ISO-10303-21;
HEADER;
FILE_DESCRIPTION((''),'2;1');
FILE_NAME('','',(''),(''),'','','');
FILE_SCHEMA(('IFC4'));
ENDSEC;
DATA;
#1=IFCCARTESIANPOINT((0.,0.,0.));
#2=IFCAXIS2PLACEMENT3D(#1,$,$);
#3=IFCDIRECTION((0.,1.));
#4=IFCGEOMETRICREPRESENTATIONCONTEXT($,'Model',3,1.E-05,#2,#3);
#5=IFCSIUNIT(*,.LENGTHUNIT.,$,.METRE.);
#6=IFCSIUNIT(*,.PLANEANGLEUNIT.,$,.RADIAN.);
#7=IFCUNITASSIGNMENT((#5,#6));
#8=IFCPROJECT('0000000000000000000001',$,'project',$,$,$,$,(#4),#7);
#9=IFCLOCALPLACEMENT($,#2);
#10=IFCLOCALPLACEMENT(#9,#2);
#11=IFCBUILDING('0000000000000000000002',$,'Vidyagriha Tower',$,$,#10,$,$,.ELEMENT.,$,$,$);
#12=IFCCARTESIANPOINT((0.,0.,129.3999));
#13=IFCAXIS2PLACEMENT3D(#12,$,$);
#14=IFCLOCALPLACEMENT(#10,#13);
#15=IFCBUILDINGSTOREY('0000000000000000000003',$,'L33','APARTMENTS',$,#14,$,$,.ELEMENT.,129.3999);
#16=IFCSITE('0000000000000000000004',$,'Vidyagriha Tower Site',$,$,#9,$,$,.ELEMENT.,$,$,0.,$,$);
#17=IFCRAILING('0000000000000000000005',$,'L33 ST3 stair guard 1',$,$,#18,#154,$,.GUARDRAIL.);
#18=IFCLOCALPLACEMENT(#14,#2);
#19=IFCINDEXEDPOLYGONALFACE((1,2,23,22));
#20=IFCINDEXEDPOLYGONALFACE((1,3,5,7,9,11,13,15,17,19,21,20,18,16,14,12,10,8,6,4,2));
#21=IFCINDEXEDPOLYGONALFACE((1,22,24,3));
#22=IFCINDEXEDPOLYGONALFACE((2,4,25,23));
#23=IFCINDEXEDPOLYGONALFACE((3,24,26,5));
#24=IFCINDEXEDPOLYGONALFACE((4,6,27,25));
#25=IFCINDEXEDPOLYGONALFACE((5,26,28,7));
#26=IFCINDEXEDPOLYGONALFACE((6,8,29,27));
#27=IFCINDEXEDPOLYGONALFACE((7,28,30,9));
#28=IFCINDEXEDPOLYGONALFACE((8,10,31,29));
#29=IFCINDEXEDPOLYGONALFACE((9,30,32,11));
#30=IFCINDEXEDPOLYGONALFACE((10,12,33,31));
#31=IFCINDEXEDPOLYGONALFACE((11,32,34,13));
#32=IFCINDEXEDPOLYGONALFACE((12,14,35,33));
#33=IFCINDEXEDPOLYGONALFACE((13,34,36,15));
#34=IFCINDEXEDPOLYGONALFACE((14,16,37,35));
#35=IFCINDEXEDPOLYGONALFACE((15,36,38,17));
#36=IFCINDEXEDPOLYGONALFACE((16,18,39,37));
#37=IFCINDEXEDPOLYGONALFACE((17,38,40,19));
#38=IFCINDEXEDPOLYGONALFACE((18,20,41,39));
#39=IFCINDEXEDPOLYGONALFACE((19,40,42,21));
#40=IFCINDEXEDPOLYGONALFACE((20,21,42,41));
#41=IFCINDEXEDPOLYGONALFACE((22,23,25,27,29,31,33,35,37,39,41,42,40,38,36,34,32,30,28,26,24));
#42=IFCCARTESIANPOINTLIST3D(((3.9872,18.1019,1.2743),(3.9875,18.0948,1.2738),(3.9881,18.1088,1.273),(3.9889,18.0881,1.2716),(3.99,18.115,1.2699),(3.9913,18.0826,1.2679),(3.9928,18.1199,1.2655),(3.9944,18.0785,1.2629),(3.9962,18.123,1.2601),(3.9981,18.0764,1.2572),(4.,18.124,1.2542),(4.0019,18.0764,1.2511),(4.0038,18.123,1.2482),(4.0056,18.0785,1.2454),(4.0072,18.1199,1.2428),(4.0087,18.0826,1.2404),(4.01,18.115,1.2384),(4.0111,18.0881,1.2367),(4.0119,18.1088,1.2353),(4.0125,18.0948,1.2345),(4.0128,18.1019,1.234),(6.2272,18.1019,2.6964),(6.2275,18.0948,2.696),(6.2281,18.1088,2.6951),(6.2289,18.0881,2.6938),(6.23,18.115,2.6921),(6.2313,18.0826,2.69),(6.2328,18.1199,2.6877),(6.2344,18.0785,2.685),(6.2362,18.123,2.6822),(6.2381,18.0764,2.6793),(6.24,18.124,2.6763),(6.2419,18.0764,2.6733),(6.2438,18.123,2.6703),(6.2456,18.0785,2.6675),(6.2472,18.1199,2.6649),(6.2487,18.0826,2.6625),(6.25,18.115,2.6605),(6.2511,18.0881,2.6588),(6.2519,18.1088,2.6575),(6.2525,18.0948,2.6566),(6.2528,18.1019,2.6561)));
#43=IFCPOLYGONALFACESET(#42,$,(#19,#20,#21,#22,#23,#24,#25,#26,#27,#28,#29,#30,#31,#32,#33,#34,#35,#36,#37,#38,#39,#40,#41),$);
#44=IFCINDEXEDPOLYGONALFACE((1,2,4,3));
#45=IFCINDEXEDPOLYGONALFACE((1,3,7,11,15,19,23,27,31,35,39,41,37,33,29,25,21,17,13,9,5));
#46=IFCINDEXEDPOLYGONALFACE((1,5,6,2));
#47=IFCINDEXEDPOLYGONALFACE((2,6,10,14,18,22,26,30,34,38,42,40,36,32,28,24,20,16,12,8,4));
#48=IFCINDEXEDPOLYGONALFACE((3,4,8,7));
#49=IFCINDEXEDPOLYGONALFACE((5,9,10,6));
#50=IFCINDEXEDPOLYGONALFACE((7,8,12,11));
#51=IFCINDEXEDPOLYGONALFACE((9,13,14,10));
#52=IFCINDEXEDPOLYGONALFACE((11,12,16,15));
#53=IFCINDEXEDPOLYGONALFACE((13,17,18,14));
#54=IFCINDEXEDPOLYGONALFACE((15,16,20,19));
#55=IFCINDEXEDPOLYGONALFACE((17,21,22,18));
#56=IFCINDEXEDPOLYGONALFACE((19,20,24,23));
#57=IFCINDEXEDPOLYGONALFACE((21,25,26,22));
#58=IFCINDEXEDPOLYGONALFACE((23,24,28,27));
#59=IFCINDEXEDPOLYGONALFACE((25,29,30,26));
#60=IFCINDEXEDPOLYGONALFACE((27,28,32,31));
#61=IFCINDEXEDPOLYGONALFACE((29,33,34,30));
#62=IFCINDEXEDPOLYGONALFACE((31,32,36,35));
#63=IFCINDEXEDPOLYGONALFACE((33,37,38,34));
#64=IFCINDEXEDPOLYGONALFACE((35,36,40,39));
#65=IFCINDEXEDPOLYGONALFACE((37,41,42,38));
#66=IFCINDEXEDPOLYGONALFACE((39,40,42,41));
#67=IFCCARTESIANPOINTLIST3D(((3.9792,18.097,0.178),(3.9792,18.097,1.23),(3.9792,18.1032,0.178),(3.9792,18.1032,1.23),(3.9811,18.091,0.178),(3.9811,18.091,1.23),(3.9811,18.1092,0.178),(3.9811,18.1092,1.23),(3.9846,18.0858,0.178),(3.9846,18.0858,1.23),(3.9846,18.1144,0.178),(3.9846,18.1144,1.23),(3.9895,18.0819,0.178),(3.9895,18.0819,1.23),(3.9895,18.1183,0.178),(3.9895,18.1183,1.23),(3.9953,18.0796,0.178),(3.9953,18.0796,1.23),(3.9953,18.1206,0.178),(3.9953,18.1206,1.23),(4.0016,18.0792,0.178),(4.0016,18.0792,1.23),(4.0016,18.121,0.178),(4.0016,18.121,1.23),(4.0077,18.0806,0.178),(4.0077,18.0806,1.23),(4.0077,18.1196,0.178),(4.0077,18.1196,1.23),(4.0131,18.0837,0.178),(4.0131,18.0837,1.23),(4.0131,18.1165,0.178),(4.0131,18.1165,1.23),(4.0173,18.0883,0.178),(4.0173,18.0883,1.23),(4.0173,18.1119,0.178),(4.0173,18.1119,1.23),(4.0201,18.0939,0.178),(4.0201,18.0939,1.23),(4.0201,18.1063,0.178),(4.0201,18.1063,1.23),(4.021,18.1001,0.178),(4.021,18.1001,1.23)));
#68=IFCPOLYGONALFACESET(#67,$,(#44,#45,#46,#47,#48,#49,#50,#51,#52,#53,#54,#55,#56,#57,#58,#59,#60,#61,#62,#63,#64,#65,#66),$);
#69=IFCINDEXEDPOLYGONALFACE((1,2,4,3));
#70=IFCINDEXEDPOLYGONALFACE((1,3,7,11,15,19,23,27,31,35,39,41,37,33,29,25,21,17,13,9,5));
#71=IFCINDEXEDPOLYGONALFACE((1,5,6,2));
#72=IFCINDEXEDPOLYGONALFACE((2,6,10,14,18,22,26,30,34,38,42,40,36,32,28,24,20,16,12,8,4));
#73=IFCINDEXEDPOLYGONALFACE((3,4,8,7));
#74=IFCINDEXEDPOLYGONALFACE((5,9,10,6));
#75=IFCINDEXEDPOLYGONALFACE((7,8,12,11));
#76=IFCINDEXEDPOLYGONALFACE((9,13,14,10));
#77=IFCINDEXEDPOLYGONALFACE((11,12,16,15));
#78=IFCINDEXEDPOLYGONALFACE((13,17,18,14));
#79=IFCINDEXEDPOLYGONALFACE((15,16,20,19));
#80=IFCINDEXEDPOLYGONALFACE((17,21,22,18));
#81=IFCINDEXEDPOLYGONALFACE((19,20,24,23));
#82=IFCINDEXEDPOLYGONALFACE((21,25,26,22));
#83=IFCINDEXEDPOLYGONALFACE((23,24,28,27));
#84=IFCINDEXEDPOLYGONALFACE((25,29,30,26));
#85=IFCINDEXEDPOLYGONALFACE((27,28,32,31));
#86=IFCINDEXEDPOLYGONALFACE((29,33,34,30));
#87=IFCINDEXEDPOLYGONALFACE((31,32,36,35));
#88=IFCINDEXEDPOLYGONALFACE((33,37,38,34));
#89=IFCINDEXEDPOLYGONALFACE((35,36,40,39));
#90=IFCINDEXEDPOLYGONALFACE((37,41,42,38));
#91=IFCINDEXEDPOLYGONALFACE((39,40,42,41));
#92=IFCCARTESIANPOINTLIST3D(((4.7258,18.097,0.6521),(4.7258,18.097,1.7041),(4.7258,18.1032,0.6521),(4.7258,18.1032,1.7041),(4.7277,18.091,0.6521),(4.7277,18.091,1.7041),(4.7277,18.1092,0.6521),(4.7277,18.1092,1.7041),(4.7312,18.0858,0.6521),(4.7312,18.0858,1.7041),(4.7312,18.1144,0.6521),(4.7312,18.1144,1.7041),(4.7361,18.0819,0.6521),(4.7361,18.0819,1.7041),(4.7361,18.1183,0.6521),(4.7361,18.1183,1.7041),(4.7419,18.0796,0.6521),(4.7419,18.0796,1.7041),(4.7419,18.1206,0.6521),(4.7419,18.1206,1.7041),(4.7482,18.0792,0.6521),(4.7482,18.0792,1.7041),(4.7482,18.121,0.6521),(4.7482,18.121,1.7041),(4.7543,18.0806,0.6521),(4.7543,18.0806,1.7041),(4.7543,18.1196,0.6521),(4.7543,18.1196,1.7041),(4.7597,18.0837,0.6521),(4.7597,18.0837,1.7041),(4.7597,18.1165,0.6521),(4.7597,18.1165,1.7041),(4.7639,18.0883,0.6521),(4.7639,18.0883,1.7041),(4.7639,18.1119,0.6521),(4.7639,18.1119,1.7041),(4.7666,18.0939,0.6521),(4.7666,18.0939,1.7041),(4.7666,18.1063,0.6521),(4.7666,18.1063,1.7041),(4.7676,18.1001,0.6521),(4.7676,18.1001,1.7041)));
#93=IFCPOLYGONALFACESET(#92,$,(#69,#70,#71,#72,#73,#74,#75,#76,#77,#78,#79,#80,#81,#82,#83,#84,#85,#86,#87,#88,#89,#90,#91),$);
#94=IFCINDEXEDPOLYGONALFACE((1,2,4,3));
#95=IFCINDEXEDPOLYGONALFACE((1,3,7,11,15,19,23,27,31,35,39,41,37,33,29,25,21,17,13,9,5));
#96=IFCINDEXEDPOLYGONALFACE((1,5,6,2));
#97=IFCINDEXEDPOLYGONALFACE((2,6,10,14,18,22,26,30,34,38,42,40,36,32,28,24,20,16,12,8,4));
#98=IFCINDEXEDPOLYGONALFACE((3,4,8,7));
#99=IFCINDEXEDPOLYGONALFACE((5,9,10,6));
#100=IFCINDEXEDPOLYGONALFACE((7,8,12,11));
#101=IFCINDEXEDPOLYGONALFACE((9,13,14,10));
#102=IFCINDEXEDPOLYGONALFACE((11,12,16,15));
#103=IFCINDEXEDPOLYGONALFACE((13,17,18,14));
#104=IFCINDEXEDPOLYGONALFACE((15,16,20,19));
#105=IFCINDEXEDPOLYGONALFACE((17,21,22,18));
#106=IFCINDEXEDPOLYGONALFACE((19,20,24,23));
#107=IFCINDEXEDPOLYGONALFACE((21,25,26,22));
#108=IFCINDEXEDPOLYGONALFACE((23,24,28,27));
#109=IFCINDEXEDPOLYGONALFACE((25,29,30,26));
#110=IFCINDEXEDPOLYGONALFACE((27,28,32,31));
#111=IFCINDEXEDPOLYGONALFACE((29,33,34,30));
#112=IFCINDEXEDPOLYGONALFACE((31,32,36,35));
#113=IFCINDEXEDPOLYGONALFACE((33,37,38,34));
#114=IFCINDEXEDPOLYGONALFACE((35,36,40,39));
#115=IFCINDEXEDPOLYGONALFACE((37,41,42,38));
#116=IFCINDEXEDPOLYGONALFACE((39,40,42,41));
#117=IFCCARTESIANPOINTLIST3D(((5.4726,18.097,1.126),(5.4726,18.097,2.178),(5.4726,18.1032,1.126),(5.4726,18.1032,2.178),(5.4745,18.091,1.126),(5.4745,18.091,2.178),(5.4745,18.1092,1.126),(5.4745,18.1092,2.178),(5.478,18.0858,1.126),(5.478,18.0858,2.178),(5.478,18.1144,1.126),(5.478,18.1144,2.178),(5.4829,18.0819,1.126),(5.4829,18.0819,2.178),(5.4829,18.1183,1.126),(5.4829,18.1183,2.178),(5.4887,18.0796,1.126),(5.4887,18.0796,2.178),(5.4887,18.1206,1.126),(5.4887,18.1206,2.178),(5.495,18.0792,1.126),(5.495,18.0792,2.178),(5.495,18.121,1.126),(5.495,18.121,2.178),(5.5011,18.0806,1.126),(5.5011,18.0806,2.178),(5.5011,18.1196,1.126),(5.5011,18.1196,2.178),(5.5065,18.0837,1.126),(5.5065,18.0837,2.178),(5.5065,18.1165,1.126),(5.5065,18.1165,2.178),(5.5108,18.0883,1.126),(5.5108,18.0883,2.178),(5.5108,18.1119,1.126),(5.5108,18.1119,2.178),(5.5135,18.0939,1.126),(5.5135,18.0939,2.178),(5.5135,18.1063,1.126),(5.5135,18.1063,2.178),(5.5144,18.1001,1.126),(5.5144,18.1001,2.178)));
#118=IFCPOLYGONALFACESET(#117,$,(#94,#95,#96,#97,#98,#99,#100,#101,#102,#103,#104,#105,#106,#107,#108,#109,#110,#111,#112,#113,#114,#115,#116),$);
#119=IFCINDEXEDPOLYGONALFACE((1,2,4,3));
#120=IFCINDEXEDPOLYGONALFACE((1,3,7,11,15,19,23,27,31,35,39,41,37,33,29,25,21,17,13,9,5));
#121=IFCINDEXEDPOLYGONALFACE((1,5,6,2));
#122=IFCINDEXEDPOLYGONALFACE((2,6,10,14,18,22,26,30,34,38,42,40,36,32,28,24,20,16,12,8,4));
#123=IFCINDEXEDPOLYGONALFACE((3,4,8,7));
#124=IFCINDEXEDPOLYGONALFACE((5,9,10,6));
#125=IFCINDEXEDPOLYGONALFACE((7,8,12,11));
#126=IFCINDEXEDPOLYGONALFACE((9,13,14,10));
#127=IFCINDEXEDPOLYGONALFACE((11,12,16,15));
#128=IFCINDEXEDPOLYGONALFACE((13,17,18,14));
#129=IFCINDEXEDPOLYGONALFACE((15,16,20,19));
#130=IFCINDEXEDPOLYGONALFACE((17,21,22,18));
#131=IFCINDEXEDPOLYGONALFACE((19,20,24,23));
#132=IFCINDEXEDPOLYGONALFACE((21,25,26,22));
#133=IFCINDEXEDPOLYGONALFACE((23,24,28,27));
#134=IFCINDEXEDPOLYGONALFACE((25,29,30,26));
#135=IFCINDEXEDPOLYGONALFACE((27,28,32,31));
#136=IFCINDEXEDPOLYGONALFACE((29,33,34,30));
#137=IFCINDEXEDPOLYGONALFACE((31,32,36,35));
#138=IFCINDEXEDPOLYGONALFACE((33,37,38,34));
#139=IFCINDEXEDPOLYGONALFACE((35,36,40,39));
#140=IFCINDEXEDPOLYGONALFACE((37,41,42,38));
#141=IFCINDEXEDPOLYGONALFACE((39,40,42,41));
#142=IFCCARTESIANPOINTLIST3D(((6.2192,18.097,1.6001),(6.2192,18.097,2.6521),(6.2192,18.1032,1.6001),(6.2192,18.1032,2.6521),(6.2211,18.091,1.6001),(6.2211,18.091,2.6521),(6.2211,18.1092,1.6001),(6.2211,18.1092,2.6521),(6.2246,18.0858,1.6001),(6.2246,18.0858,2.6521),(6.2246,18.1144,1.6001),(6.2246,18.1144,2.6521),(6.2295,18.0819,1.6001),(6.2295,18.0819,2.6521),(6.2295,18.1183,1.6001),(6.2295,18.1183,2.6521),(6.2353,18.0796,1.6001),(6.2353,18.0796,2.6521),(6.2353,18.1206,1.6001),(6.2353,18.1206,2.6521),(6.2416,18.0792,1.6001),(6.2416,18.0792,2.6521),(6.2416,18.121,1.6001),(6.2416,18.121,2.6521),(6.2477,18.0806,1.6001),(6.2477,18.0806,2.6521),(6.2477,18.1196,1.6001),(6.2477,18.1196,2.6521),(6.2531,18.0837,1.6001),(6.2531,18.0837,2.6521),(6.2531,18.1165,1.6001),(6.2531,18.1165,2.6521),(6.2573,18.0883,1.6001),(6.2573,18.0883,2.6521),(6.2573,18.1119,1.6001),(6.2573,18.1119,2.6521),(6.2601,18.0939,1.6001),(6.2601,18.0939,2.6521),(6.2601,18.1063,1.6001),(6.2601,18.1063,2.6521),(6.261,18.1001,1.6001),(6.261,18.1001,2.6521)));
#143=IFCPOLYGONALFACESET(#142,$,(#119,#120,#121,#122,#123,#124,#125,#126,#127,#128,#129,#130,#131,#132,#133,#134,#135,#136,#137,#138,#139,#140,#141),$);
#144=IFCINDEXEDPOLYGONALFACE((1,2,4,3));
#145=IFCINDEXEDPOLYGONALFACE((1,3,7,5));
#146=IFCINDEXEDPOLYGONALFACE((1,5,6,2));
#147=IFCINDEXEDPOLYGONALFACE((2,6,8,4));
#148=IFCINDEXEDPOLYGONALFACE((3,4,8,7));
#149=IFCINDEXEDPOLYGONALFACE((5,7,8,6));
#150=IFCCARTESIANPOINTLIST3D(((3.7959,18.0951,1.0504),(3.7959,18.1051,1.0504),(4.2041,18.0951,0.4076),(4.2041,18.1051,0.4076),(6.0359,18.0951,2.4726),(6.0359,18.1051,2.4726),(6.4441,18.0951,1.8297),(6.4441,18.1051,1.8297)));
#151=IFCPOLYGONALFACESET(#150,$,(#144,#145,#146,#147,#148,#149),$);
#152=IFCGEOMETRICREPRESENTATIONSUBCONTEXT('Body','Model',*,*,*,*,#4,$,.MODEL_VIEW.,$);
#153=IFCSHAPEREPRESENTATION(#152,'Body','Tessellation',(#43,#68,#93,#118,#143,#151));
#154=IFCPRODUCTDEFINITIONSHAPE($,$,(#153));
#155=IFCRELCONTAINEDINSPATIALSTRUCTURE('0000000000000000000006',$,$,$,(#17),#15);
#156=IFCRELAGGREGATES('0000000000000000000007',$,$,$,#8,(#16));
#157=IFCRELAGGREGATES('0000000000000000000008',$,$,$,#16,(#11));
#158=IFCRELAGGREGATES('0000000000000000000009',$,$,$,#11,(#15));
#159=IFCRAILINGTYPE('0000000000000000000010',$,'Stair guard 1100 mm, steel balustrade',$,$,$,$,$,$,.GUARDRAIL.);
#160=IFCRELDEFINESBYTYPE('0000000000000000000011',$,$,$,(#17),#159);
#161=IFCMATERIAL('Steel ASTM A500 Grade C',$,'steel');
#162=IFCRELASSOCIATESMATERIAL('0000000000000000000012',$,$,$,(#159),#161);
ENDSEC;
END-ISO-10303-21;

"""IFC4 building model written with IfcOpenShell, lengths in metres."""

from ifc_helpers import new_model, si_unit, direction, frame, origin, origin_2d, place, context, subcontext, project, spatial, rectangle, circle, extrude, material, type_object, element, save


model = new_model("IFC4")

# Units and contexts
model_context = context("Model", 3, precision=1e-05, world=origin(), true_north=direction((0.0, 1.0)))
body_context = subcontext(model_context, "Body", "Model", "MODEL_VIEW")
ifc_project = project(units=[si_unit("LENGTHUNIT", "METRE"), si_unit("PLANEANGLEUNIT", "RADIAN")], contexts=[model_context])

# Site, building, storey
site_placement = place(None, origin())
site = spatial("IfcSite", under=ifc_project, at=site_placement, Name="Vidyagriha Tower Site", CompositionType="ELEMENT", RefElevation=0.0)
building_placement = place(site_placement, origin())
building = spatial("IfcBuilding", under=site, at=building_placement, Name="Vidyagriha Tower", CompositionType="ELEMENT")
storey_placement = place(building_placement, frame((0.0, 0.0, 129.3999)))
storey = spatial("IfcBuildingStorey", under=building, at=storey_placement, Name="L33", Description="APARTMENTS", CompositionType="ELEMENT", Elevation=129.3999)

# Railing
ifc_material_1 = material(Name="Steel ASTM A500 Grade C", Category="steel")
railing_type_1 = type_object("IfcRailingType", Name="Stair guard 1100 mm, steel balustrade", PredefinedType="GUARDRAIL", material=ifc_material_1)
railing_1_placement = place(storey_placement, frame((4.0, 18.1001, 0.178)))
element("IfcRailing", 1, at=railing_1_placement, inside=storey, type_object=railing_type_1, Name="L33 ST3 stair guard 1", PredefinedType="GUARDRAIL", context=body_context, shape_type="SweptSolid", body=[
    extrude(circle(Radius=0.0239, at=origin_2d()), frame((0.0, 0.0, 1.0762), z_axis=(0.844229, 0.0, 0.535982), x_axis=(0.0, 1.0, 0.0)), (0.0, 0.0, 1.0), 2.6533),
    extrude(circle(Radius=0.021, at=origin_2d()), origin(), (0.0, 0.0, 1.0), 1.052),
    extrude(circle(Radius=0.021, at=origin_2d()), frame((0.7466, 0.0, 0.4741)), (0.0, 0.0, 1.0), 1.052),
    extrude(circle(Radius=0.021, at=origin_2d()), frame((1.4934, 0.0, 0.948)), (0.0, 0.0, 1.0), 1.052),
    extrude(circle(Radius=0.021, at=origin_2d()), frame((2.24, 0.0, 1.4221)), (0.0, 0.0, 1.0), 1.052),
    extrude(rectangle(XDim=0.01, YDim=0.7615, at=origin_2d()), frame((0.0, 0.0, 0.551), z_axis=(0.844229, 0.0, 0.535982), x_axis=(0.0, 1.0, 0.0)), (0.0, 0.0, 1.0), 2.6533),
])

save(model, "model.ifc")
